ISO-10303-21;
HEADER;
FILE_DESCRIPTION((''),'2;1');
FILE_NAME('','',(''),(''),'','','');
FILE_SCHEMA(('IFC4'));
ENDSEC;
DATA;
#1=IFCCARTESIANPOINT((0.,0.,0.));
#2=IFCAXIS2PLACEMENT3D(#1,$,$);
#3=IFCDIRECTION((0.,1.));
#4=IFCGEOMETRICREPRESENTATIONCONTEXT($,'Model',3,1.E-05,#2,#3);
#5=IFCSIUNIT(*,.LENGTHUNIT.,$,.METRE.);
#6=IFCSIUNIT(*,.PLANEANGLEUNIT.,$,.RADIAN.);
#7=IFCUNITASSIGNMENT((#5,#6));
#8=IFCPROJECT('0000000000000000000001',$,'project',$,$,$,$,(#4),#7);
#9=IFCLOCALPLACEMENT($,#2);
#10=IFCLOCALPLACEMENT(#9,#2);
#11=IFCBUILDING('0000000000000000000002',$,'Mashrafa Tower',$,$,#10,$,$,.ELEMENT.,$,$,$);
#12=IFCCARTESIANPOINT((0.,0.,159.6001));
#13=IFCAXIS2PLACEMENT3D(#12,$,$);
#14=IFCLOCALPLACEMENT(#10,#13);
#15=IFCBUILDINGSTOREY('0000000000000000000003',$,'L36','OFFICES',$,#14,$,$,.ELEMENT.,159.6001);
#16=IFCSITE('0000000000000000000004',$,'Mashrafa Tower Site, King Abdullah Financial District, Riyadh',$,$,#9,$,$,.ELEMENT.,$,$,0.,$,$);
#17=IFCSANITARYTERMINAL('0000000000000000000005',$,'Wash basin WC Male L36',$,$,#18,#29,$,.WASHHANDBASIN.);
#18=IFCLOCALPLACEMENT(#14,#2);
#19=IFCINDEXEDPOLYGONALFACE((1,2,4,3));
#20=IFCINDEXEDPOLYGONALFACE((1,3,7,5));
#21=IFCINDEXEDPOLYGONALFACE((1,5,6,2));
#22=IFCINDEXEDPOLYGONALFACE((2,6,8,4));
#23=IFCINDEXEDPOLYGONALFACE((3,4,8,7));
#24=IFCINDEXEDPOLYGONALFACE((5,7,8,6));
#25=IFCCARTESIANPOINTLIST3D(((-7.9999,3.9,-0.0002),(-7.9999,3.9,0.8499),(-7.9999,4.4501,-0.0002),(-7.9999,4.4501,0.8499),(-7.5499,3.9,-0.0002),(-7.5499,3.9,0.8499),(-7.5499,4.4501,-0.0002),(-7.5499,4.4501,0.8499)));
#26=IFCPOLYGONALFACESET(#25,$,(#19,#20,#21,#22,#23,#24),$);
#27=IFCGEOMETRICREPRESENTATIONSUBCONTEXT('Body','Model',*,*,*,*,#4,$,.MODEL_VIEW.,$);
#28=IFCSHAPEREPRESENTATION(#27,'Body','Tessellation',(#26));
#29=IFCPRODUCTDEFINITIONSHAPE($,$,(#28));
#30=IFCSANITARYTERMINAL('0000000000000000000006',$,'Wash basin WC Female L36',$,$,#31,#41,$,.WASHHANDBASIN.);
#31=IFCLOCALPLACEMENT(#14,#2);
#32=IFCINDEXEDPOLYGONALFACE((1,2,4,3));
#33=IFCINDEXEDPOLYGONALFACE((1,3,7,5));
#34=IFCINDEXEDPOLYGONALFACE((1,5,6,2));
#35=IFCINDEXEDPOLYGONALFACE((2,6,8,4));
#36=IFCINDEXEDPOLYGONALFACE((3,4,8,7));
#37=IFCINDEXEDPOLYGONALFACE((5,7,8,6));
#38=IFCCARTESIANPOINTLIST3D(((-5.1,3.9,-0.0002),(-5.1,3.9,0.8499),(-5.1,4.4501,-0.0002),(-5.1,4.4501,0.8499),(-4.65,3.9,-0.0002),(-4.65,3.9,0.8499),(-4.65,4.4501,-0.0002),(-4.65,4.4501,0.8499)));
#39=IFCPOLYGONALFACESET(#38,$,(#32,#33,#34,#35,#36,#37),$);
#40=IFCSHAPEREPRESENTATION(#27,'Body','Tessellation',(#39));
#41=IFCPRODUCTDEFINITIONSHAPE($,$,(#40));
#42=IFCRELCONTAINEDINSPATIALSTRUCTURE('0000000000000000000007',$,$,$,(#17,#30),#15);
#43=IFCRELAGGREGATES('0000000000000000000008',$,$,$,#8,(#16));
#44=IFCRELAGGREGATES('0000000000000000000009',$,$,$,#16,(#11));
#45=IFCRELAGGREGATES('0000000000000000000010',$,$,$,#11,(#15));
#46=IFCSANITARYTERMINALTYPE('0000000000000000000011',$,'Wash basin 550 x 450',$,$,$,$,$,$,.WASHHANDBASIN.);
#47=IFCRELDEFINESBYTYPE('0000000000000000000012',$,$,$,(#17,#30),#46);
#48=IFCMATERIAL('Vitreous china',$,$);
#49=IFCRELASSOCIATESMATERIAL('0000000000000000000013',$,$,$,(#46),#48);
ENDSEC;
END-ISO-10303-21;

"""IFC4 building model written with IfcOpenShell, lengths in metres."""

from ifc_helpers import new_model, si_unit, direction, frame, origin, origin_2d, place, context, subcontext, project, spatial, rectangle, extrude, material, type_object, element, save


model = new_model("IFC4")

# Units and contexts
model_context = context("Model", 3, precision=1e-05, world=origin(), true_north=direction((0.0, 1.0)))
body_context = subcontext(model_context, "Body", "Model", "MODEL_VIEW")
ifc_project = project(units=[si_unit("LENGTHUNIT", "METRE"), si_unit("PLANEANGLEUNIT", "RADIAN")], contexts=[model_context])

# Site, building, storey
site_placement = place(None, origin())
site = spatial("IfcSite", under=ifc_project, at=site_placement, Name="Mashrafa Tower Site, King Abdullah Financial District, Riyadh", CompositionType="ELEMENT", RefElevation=0.0)
building_placement = place(site_placement, origin())
building = spatial("IfcBuilding", under=site, at=building_placement, Name="Mashrafa Tower", CompositionType="ELEMENT")
storey_placement = place(building_placement, frame((0.0, 0.0, 159.6001)))
storey = spatial("IfcBuildingStorey", under=building, at=storey_placement, Name="L36", Description="OFFICES", CompositionType="ELEMENT", Elevation=159.6001)

# Sanitary terminals
ifc_material_1 = material(Name="Vitreous china")
sanitary_terminal_type_1 = type_object("IfcSanitaryTerminalType", Name="Wash basin 550 x 450", PredefinedType="WASHHANDBASIN", material=ifc_material_1)
for number, where, z_axis, x_axis, name in (
    (1, (-7.7749, 4.175, -0.0002), (0.0, 0.0, 1.0), (0.0, 1.0, 0.0), "Wash basin WC Male L36"),
    (2, (-4.875, 4.175, -0.0002), (0.0, 0.0, 1.0), (0.0, 1.0, 0.0), "Wash basin WC Female L36"),
):
    element("IfcSanitaryTerminal", number, at=place(storey_placement, frame(where, z_axis=z_axis, x_axis=x_axis)), inside=storey, type_object=sanitary_terminal_type_1, Name=name, PredefinedType="WASHHANDBASIN", context=body_context, shape_type="SweptSolid", body=[
        extrude(rectangle(XDim=0.55, YDim=0.45, at=origin_2d()), origin(), (0.0, 0.0, 1.0), 0.8501),
    ])

save(model, "model.ifc")
